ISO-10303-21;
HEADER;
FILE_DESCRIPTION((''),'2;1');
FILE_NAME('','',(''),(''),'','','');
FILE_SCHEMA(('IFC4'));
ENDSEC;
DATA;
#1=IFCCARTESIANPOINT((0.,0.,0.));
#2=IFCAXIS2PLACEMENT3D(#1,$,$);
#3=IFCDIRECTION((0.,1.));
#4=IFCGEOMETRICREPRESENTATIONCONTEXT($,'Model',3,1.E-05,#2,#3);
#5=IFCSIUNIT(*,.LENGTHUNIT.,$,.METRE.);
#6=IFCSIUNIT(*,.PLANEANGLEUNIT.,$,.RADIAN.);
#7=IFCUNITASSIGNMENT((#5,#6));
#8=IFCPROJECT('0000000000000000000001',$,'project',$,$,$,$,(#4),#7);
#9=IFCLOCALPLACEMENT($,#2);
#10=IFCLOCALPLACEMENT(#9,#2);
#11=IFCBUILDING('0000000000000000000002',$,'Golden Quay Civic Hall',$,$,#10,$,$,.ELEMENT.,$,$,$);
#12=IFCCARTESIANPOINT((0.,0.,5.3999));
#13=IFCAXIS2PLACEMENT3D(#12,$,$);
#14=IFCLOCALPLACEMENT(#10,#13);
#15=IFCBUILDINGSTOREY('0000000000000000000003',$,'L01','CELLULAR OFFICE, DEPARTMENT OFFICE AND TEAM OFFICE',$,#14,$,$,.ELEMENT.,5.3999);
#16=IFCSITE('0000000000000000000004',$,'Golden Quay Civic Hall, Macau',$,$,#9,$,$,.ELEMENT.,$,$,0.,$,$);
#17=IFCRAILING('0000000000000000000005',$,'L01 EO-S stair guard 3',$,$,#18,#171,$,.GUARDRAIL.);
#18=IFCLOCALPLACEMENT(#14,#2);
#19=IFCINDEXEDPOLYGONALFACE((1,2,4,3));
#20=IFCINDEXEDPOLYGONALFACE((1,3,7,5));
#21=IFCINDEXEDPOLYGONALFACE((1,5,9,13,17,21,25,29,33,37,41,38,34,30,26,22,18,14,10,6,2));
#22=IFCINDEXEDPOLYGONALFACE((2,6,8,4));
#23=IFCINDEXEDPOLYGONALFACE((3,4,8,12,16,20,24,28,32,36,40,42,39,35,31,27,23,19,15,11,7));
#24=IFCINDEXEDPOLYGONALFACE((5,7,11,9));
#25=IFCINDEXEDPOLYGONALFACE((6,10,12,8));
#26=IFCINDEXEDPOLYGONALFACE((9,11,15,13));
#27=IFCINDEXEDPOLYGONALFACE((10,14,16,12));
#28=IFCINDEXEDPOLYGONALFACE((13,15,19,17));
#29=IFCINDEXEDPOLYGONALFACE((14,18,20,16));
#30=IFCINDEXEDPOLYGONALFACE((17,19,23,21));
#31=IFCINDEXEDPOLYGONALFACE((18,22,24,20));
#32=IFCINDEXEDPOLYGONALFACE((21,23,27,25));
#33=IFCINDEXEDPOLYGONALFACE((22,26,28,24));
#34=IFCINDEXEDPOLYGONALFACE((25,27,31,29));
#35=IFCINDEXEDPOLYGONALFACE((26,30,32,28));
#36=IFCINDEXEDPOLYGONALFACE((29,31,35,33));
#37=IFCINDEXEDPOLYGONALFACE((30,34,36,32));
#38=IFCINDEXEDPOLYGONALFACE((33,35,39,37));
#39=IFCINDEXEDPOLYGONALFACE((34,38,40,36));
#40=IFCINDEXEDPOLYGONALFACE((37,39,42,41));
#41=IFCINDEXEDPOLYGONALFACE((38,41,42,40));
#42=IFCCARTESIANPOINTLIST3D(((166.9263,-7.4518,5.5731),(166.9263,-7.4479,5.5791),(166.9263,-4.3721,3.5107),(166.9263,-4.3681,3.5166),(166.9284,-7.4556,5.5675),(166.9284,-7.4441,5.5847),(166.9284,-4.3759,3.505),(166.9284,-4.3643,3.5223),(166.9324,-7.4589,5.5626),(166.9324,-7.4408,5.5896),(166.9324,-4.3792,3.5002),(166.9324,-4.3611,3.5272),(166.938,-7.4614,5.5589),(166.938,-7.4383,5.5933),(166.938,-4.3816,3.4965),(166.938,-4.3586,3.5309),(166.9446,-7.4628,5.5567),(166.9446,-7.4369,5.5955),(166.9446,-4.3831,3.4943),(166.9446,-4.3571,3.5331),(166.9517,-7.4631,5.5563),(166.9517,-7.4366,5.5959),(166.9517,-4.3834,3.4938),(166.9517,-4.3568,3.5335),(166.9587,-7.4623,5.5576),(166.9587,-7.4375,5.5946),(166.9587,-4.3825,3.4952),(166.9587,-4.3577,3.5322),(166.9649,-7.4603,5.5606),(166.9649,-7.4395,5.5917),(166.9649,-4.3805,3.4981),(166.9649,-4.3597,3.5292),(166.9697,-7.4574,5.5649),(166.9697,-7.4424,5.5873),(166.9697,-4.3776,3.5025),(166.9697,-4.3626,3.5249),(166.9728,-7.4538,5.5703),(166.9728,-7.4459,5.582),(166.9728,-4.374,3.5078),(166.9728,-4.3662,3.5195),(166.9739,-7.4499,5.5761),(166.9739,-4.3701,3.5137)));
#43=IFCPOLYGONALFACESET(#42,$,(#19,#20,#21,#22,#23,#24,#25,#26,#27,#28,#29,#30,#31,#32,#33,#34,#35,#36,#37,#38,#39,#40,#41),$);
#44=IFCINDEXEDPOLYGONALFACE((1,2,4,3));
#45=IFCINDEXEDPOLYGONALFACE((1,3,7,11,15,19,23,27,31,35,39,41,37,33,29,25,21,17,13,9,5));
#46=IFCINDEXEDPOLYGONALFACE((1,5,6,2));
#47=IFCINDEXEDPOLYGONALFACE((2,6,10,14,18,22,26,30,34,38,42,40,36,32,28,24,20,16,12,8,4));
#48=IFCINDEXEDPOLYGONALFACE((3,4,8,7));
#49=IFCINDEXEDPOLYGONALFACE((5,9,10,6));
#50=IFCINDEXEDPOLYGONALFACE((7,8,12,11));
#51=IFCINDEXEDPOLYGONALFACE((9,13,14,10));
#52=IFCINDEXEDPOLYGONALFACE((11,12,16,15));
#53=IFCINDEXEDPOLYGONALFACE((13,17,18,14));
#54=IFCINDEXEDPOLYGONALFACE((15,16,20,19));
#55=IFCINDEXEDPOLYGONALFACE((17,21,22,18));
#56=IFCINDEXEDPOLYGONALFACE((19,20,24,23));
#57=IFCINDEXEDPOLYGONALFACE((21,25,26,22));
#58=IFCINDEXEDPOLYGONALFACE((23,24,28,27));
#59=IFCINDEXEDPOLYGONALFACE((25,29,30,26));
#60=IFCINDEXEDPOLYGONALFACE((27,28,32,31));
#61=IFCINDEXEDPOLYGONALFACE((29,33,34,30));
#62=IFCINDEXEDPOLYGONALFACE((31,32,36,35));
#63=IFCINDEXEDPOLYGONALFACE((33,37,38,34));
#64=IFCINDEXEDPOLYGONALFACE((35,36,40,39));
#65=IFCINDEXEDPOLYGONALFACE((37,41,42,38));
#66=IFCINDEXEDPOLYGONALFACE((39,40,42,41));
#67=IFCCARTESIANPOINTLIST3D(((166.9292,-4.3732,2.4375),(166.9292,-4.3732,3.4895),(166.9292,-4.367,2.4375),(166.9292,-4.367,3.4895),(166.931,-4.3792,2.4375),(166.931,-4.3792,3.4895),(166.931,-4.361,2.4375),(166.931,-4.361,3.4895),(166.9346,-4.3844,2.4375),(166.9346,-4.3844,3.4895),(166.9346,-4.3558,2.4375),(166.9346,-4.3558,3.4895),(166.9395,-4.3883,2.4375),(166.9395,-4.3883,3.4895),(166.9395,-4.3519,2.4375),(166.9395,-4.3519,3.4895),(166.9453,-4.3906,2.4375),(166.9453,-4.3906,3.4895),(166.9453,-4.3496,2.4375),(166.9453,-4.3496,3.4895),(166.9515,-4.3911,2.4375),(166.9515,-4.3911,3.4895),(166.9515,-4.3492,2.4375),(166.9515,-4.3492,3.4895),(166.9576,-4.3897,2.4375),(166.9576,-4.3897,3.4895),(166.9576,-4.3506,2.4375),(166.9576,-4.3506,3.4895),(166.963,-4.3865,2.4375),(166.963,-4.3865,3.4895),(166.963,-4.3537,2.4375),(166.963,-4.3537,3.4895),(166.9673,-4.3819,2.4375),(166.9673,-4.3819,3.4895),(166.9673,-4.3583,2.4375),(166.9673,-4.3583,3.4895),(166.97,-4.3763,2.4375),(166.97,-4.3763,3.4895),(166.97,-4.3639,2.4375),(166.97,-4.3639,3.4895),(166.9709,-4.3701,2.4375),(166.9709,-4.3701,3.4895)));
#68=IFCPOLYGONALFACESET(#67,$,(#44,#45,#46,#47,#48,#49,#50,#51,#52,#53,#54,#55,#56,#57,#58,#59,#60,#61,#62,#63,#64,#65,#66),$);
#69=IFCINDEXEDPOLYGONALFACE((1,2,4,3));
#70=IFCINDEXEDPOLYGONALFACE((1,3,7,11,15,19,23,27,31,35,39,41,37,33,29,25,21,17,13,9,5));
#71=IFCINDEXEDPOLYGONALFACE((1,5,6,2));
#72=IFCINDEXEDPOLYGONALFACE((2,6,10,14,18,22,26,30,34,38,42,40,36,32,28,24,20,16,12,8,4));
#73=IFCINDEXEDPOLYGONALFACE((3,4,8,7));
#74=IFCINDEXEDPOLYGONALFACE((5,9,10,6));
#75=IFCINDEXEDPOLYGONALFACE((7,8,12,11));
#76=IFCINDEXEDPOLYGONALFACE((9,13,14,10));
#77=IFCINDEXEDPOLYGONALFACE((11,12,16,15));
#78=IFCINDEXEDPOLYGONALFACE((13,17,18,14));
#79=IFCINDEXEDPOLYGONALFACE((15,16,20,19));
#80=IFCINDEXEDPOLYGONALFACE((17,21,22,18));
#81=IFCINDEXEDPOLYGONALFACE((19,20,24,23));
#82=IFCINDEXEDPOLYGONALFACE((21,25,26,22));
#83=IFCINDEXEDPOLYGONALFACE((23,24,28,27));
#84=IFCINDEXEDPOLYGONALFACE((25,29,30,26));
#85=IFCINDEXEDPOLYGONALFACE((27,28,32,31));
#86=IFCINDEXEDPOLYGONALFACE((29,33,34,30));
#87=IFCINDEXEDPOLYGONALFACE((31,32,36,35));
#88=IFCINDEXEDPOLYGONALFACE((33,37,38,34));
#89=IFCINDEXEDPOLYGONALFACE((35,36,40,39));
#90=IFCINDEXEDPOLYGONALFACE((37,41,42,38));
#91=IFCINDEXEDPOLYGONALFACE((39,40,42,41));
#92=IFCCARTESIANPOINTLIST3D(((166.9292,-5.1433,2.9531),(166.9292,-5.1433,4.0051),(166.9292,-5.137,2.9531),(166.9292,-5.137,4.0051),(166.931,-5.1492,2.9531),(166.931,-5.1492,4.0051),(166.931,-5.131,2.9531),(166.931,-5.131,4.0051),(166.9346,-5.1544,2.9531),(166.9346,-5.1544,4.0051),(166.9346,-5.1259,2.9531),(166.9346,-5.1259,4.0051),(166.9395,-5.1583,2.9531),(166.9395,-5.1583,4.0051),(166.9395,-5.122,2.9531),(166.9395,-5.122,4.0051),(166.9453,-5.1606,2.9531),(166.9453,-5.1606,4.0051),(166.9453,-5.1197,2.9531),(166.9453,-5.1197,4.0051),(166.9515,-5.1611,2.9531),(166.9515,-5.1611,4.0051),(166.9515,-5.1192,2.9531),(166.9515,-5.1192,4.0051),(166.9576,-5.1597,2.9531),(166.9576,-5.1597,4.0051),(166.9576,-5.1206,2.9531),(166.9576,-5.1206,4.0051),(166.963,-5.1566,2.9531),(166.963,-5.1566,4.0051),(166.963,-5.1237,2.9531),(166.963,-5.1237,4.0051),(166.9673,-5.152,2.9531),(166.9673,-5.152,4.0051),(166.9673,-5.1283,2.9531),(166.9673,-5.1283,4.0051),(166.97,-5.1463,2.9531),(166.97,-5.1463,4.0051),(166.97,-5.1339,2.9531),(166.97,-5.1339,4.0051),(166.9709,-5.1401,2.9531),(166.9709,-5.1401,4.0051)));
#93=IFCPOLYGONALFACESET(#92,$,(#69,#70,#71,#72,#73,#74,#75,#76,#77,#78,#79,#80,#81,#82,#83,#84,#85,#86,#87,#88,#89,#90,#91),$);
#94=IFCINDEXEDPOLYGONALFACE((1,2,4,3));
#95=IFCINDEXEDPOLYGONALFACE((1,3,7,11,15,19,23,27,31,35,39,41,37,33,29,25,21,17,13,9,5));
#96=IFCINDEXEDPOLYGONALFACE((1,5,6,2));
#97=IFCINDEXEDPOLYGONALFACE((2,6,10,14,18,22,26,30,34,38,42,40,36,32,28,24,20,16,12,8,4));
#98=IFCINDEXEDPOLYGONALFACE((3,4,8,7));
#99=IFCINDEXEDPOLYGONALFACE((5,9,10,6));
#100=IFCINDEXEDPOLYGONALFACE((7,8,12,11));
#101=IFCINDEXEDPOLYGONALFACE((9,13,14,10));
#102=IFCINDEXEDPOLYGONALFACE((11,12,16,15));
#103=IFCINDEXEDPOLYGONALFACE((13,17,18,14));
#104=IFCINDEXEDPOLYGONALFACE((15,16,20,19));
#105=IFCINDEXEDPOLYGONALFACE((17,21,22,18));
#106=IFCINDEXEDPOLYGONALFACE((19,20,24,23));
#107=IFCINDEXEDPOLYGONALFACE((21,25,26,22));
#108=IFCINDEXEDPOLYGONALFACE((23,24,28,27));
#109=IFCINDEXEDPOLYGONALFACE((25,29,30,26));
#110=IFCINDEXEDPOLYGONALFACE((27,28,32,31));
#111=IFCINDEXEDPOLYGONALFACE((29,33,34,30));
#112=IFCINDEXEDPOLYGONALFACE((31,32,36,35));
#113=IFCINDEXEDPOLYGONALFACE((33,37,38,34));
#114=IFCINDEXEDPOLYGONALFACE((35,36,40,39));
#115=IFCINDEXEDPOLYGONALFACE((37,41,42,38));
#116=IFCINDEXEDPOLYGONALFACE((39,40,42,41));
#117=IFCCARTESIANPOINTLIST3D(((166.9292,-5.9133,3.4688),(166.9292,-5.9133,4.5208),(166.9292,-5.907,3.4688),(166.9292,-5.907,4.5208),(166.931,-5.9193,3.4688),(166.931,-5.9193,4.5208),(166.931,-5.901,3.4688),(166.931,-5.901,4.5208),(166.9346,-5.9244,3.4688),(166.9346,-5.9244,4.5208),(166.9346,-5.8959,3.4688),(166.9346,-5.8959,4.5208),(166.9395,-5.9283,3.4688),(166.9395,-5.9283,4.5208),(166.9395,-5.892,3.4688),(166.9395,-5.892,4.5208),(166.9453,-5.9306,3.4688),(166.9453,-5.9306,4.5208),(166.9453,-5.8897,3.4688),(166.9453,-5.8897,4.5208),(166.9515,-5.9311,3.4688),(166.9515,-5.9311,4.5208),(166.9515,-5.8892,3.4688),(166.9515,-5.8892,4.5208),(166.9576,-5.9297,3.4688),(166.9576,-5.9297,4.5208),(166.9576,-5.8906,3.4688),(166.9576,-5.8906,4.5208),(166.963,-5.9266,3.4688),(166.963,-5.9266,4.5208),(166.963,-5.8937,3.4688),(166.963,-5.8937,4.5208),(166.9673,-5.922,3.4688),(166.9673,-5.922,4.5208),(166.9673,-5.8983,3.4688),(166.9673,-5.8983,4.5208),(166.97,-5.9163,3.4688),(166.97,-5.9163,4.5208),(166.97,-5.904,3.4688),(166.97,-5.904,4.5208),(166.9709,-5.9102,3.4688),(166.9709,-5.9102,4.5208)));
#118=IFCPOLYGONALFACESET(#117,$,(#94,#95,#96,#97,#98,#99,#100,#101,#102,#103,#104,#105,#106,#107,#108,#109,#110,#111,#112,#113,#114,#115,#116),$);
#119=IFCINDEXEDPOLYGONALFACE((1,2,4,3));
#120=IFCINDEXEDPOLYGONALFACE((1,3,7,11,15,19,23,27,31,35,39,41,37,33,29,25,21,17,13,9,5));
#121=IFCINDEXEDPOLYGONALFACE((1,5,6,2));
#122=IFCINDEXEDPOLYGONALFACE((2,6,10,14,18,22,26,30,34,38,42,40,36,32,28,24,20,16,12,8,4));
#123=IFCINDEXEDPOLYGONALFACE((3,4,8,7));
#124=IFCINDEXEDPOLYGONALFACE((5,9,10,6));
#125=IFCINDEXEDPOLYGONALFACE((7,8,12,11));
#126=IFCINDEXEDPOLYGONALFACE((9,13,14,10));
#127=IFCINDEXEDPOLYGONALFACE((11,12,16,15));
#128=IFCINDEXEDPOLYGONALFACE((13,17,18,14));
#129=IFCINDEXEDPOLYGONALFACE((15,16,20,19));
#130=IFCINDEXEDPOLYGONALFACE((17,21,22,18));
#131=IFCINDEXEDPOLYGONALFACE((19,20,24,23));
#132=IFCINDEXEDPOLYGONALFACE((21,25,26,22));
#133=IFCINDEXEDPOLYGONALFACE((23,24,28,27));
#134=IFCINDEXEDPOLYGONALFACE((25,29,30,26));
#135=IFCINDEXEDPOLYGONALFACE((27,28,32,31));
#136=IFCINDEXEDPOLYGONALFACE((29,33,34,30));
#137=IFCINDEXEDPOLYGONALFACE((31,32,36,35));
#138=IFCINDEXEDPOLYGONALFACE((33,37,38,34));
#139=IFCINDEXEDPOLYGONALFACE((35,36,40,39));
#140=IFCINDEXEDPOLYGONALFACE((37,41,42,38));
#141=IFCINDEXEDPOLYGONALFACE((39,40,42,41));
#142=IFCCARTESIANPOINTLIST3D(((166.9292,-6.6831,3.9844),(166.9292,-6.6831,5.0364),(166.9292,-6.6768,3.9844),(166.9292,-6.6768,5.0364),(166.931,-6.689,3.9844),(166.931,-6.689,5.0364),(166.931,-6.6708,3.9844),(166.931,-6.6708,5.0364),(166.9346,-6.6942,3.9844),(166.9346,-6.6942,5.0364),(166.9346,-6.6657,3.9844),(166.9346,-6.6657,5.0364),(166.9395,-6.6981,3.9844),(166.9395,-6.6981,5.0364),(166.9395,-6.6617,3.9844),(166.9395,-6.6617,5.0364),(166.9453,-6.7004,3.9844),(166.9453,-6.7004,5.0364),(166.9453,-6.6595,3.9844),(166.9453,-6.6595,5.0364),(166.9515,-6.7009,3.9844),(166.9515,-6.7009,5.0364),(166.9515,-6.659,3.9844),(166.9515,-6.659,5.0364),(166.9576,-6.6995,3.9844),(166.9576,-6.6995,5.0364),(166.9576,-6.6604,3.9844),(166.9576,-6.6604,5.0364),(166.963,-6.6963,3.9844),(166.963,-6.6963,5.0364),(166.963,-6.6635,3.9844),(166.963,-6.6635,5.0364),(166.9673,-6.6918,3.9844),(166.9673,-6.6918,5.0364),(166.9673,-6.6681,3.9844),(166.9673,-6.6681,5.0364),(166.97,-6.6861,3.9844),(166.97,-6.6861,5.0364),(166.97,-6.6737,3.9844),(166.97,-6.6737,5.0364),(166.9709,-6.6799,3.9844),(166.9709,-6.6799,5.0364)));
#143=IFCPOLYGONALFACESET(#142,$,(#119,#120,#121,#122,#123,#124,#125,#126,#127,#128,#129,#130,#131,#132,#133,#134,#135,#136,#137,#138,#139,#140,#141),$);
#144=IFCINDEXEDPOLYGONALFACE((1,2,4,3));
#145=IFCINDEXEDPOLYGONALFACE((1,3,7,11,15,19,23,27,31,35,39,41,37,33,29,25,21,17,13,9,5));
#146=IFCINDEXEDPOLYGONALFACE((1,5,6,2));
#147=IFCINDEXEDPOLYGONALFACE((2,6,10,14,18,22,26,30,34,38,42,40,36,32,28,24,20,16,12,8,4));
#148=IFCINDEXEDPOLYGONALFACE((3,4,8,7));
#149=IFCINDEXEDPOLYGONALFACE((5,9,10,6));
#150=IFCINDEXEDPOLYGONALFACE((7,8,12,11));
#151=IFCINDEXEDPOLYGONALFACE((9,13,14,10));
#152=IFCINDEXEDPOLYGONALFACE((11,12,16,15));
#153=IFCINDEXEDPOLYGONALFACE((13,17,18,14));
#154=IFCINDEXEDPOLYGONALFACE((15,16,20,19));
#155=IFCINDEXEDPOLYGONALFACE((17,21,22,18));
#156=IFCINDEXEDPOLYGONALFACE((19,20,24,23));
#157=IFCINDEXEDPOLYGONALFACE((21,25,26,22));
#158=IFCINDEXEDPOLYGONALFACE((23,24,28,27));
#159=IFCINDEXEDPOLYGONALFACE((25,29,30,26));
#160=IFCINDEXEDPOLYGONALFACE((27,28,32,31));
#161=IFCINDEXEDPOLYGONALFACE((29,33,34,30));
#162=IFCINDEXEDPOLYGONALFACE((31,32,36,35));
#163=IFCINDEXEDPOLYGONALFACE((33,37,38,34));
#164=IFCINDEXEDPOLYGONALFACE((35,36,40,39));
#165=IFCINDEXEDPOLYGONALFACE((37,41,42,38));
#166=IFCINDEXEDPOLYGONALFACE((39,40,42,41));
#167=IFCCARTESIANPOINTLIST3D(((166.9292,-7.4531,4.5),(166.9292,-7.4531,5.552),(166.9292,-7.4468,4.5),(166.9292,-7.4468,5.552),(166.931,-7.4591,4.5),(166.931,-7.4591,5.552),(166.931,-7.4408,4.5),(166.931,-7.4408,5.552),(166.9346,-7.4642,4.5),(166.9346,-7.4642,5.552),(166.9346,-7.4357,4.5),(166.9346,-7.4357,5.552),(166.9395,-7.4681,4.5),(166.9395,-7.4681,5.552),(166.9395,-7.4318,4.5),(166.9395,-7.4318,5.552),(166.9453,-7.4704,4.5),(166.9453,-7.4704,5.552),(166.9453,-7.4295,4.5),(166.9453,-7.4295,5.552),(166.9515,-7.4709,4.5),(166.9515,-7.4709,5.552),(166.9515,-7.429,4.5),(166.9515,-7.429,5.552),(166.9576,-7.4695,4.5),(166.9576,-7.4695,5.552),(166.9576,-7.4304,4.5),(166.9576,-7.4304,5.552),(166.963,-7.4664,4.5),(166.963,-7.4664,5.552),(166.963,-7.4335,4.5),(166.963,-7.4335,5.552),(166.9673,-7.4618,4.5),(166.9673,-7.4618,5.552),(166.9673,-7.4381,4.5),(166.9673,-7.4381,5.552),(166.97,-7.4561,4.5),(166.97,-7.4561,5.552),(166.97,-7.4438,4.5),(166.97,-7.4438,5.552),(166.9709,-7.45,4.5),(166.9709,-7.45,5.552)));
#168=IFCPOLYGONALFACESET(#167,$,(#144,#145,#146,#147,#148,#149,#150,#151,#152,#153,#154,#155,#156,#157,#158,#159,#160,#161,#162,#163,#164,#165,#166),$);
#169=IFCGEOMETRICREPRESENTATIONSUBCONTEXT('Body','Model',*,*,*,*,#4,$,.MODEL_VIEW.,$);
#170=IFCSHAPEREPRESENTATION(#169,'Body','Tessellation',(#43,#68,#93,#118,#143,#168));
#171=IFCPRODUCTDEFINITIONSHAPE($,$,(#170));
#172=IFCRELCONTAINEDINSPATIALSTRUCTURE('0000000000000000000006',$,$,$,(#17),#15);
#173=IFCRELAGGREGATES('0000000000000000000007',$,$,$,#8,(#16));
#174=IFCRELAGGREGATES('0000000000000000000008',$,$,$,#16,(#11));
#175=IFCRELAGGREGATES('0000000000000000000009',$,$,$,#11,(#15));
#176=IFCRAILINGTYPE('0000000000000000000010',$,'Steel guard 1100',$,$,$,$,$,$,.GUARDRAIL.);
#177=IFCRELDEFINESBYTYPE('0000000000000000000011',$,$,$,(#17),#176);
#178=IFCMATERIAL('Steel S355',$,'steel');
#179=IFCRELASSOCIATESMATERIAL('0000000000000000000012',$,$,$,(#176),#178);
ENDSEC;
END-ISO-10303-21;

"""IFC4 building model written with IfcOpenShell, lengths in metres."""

from ifc_helpers import new_model, si_unit, direction, frame, origin, origin_2d, place, context, subcontext, project, spatial, circle, extrude, material, type_object, element, save


model = new_model("IFC4")

# Units and contexts
model_context = context("Model", 3, precision=1e-05, world=origin(), true_north=direction((0.0, 1.0)))
body_context = subcontext(model_context, "Body", "Model", "MODEL_VIEW")
ifc_project = project(units=[si_unit("LENGTHUNIT", "METRE"), si_unit("PLANEANGLEUNIT", "RADIAN")], contexts=[model_context])

# Site, building, storey
site_placement = place(None, origin())
site = spatial("IfcSite", under=ifc_project, at=site_placement, Name="Golden Quay Civic Hall, Macau", CompositionType="ELEMENT", RefElevation=0.0)
building_placement = place(site_placement, origin())
building = spatial("IfcBuilding", under=site, at=building_placement, Name="Golden Quay Civic Hall", CompositionType="ELEMENT")
storey_placement = place(building_placement, frame((0.0, 0.0, 5.3999)))
storey = spatial("IfcBuildingStorey", under=building, at=storey_placement, Name="L01", Description="CELLULAR OFFICE, DEPARTMENT OFFICE AND TEAM OFFICE", CompositionType="ELEMENT", Elevation=5.3999)

# Railing
ifc_material_1 = material(Name="Steel S355", Category="steel")
railing_type_1 = type_object("IfcRailingType", Name="Steel guard 1100", PredefinedType="GUARDRAIL", material=ifc_material_1)
railing_1_placement = place(storey_placement, frame((166.95, -4.3701, 2.4375)))
element("IfcRailing", 1, at=railing_1_placement, inside=storey, type_object=railing_type_1, Name="L01 EO-S stair guard 3", PredefinedType="GUARDRAIL", context=body_context, shape_type="SweptSolid", body=[
    extrude(circle(Radius=0.0239, at=origin_2d()), frame((0.0, 0.0, 1.0762), z_axis=(0.0, -0.830893, 0.556432), x_axis=(1.0, 0.0, 0.0)), (0.0, 0.0, 1.0), 3.7065),
    extrude(circle(Radius=0.021, at=origin_2d()), origin(), (0.0, 0.0, 1.0), 1.052),
    extrude(circle(Radius=0.021, at=origin_2d()), frame((0.0, -0.77, 0.5156)), (0.0, 0.0, 1.0), 1.052),
    extrude(circle(Radius=0.021, at=origin_2d()), frame((0.0, -1.54, 1.0312)), (0.0, 0.0, 1.0), 1.052),
    extrude(circle(Radius=0.021, at=origin_2d()), frame((0.0, -2.3098, 1.5469)), (0.0, 0.0, 1.0), 1.052),
    extrude(circle(Radius=0.021, at=origin_2d()), frame((0.0, -3.0798, 2.0625)), (0.0, 0.0, 1.0), 1.052),
])

save(model, "model.ifc")
